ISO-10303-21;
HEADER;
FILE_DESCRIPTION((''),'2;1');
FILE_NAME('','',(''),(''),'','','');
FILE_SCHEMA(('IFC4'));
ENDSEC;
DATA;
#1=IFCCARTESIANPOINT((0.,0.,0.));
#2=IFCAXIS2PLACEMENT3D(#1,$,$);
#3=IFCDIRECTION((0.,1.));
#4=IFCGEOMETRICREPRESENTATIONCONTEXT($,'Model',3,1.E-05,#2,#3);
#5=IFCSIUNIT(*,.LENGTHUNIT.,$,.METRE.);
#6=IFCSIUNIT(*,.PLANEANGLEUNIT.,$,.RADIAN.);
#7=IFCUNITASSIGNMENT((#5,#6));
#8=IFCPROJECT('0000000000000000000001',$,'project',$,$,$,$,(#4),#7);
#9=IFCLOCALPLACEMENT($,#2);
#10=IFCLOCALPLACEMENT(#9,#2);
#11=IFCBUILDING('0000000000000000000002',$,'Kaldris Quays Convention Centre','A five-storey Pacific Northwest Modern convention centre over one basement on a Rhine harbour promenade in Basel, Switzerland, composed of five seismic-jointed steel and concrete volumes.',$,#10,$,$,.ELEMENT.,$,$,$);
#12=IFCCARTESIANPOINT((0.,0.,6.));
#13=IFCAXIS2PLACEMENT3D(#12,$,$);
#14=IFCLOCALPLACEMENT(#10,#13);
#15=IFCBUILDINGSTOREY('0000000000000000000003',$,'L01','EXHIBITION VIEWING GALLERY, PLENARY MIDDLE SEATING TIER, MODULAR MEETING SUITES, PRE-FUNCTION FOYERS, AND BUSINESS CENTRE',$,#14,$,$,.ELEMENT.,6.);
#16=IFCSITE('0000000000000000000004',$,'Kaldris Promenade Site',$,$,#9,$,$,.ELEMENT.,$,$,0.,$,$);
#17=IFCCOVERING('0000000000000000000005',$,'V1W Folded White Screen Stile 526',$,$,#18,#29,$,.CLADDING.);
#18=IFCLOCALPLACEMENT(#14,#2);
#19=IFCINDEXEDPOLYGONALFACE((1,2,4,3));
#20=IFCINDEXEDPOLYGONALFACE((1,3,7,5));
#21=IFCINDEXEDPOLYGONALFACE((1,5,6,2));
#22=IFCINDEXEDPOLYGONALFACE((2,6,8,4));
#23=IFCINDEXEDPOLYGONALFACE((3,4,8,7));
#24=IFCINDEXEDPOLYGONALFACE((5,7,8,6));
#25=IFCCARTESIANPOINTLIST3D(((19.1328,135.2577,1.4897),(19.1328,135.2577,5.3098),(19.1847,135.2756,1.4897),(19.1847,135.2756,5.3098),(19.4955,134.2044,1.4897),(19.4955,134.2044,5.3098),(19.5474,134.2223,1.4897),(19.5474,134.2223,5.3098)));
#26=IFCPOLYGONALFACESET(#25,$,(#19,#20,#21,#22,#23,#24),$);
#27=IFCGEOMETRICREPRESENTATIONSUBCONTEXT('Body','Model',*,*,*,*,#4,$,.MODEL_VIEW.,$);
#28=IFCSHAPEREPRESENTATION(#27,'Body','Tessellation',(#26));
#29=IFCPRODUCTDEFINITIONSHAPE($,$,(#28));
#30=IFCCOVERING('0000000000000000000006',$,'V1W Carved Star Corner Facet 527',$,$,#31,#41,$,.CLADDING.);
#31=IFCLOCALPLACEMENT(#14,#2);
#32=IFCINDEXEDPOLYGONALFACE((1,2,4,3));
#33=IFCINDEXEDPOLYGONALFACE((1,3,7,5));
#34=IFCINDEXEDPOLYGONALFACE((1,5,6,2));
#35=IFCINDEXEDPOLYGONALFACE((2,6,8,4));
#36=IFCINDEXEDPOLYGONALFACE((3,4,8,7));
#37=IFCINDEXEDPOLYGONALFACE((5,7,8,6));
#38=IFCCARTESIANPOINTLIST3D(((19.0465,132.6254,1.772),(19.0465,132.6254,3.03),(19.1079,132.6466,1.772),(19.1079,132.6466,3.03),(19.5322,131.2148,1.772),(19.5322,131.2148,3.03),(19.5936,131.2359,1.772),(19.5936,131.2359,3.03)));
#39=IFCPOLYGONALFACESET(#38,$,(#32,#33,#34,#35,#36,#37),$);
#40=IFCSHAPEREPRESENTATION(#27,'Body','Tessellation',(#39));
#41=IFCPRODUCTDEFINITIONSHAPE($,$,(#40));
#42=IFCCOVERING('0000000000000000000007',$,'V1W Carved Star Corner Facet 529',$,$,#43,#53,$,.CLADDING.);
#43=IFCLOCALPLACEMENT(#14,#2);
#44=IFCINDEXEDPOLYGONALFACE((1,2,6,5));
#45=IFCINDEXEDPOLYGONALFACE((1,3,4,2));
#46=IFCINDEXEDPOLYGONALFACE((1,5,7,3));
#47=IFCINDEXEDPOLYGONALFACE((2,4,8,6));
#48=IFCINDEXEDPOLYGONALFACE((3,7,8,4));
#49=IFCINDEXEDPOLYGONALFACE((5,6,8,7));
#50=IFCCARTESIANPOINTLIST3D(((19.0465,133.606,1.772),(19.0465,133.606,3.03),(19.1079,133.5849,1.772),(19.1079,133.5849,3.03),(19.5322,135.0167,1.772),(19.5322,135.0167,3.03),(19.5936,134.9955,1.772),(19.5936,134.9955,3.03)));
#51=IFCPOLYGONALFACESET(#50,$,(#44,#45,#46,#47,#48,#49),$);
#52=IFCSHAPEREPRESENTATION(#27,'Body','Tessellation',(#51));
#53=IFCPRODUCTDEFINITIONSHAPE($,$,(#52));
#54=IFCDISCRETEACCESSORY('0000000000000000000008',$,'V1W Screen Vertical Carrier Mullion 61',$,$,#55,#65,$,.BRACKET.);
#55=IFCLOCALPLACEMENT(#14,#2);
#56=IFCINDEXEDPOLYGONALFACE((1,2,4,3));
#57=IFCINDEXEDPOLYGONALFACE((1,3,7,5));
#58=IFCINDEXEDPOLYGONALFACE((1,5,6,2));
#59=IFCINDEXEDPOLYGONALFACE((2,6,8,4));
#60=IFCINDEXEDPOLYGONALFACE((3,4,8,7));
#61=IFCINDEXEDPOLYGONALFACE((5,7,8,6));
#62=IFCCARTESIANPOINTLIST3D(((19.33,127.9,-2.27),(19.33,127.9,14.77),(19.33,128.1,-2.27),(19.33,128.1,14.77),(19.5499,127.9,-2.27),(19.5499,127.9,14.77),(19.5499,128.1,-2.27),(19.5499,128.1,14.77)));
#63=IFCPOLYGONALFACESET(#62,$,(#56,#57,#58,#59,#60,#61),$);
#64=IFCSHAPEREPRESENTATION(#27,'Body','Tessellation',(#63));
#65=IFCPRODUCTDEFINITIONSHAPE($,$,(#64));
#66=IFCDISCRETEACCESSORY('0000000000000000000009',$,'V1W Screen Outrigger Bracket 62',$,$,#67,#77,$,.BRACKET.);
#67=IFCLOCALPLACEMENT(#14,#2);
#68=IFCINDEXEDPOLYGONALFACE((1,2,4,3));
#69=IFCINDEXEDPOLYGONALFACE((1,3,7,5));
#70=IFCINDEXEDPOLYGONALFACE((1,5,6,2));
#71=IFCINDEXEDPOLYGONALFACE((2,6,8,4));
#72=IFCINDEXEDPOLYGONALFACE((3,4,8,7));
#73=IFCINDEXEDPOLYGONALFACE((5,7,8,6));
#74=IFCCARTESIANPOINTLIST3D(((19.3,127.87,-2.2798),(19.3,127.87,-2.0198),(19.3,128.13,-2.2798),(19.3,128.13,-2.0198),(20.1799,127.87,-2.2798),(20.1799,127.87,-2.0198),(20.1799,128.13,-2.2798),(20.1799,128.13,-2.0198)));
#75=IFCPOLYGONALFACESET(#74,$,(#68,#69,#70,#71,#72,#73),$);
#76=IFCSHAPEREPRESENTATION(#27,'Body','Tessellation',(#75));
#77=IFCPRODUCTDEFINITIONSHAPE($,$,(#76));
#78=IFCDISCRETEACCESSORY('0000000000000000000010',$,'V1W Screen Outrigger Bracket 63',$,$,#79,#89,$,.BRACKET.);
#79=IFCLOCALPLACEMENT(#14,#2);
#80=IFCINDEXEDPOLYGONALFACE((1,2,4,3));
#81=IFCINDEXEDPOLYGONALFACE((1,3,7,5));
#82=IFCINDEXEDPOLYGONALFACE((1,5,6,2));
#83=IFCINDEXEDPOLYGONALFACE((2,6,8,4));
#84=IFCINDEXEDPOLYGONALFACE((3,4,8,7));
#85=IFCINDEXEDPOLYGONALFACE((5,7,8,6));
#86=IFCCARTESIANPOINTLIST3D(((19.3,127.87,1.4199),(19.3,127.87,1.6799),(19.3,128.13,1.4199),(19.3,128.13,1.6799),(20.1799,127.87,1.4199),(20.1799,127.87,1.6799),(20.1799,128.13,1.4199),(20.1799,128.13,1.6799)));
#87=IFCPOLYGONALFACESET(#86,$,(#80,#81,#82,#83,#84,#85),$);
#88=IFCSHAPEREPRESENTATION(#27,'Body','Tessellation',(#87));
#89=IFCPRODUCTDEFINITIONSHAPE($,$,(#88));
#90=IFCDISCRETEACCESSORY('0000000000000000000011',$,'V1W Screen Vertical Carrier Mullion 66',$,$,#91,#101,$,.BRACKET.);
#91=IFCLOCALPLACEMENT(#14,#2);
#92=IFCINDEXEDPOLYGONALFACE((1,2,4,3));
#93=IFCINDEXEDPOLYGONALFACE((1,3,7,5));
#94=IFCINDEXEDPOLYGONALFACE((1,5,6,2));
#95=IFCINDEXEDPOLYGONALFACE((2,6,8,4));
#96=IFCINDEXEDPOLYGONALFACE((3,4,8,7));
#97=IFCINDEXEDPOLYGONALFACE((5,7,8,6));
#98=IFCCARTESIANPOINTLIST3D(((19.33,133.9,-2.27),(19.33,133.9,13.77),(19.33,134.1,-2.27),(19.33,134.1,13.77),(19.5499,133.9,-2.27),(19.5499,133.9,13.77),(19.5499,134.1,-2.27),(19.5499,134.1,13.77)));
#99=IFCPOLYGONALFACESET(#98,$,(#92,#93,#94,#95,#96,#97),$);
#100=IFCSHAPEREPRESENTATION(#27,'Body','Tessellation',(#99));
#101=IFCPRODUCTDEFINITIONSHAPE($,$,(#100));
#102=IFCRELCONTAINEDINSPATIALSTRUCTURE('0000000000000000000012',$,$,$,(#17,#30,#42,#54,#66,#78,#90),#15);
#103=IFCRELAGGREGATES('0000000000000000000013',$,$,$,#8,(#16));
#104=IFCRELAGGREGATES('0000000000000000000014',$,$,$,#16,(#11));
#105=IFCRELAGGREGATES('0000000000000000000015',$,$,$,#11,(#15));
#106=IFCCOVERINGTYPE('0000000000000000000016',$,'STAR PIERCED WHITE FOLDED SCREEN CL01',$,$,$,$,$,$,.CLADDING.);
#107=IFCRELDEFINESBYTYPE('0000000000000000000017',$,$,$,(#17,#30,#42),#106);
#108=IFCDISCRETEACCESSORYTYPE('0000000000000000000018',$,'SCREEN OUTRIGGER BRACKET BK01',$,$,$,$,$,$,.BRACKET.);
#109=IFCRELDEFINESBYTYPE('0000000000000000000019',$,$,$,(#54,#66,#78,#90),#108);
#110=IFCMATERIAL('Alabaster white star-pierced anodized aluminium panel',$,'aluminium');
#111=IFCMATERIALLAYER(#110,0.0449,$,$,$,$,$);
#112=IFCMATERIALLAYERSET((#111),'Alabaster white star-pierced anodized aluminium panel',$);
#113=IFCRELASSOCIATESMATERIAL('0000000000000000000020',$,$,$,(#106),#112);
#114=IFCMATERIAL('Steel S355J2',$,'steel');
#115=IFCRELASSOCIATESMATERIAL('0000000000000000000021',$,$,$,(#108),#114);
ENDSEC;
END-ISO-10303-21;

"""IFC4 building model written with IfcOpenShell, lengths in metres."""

from ifc_helpers import new_model, si_unit, direction, frame, origin, origin_2d, place, context, subcontext, project, spatial, rectangle, extrude, material, layer, layer_set, type_object, element, save


model = new_model("IFC4")

# Units and contexts
model_context = context("Model", 3, precision=1e-05, world=origin(), true_north=direction((0.0, 1.0)))
body_context = subcontext(model_context, "Body", "Model", "MODEL_VIEW")
ifc_project = project(units=[si_unit("LENGTHUNIT", "METRE"), si_unit("PLANEANGLEUNIT", "RADIAN")], contexts=[model_context])

# Site, building, storey
site_placement = place(None, origin())
site = spatial("IfcSite", under=ifc_project, at=site_placement, Name="Kaldris Promenade Site", CompositionType="ELEMENT", RefElevation=0.0)
building_placement = place(site_placement, origin())
building = spatial("IfcBuilding", under=site, at=building_placement, Name="Kaldris Quays Convention Centre", Description="A five-storey Pacific Northwest Modern convention centre over one basement on a Rhine harbour promenade in Basel, Switzerland, composed of five seismic-jointed steel and concrete volumes.", CompositionType="ELEMENT")
storey_placement = place(building_placement, frame((0.0, 0.0, 6.0)))
storey = spatial("IfcBuildingStorey", under=building, at=storey_placement, Name="L01", Description="EXHIBITION VIEWING GALLERY, PLENARY MIDDLE SEATING TIER, MODULAR MEETING SUITES, PRE-FUNCTION FOYERS, AND BUSINESS CENTRE", CompositionType="ELEMENT", Elevation=6.0)

# Coverings
ifc_material_1 = material(Name="Alabaster white star-pierced anodized aluminium panel", Category="aluminium")
ifc_layer = layer(ifc_material_1, 0.0449)
ifc_layer_set = layer_set([ifc_layer], Name="Alabaster white star-pierced anodized aluminium panel")
covering_type = type_object("IfcCoveringType", Name="STAR PIERCED WHITE FOLDED SCREEN CL01", PredefinedType="CLADDING", material=ifc_layer_set)
for number, where, z_axis, x_axis, name in (
    (1, (19.3401, 134.74, 1.4897), (0.0, 0.0, 1.0), (-0.325568, 0.945519, 0.0), "V1W Folded White Screen Stile 526"),
):
    element("IfcCovering", number, at=place(storey_placement, frame(where, z_axis=z_axis, x_axis=x_axis)), inside=storey, type_object=covering_type, Name=name, PredefinedType="CLADDING", context=body_context, shape_type="SweptSolid", body=[
        extrude(rectangle(XDim=1.114, YDim=0.0549, at=origin_2d()), origin(), (0.0, 0.0, 1.0), 3.8201),
    ])
for number, where, z_axis, x_axis, name in (
    (2, (19.3201, 131.9307, 1.772), (0.0, 0.0, 1.0), (-0.325568, 0.945519, 0.0), "V1W Carved Star Corner Facet 527"),
    (3, (19.3201, 134.3008, 1.772), (0.0, 0.0, 1.0), (0.325568, 0.945519, 0.0), "V1W Carved Star Corner Facet 529"),
):
    element("IfcCovering", number, at=place(storey_placement, frame(where, z_axis=z_axis, x_axis=x_axis)), inside=storey, type_object=covering_type, Name=name, PredefinedType="CLADDING", context=body_context, shape_type="SweptSolid", body=[
        extrude(rectangle(XDim=1.4919, YDim=0.0649, at=origin_2d()), origin(), (0.0, 0.0, 1.0), 1.2581),
    ])

# Discrete accessories
ifc_material_2 = material(Name="Steel S355J2", Category="steel")
discrete_accessory_type = type_object("IfcDiscreteAccessoryType", Name="SCREEN OUTRIGGER BRACKET BK01", PredefinedType="BRACKET", material=ifc_material_2)
discrete_accessory_1_placement = place(storey_placement, frame((19.4399, 128.0, -2.27), z_axis=(0.0, 0.0, 1.0), x_axis=(0.0, 1.0, 0.0)))
element("IfcDiscreteAccessory", 4, at=discrete_accessory_1_placement, inside=storey, type_object=discrete_accessory_type, Name="V1W Screen Vertical Carrier Mullion 61", PredefinedType="BRACKET", context=body_context, shape_type="SweptSolid", body=[
    extrude(rectangle(XDim=0.2, YDim=0.22, at=origin_2d()), origin(), (0.0, 0.0, 1.0), 17.04),
])
for number, where, z_axis, x_axis, name in (
    (5, (19.74, 128.0, -2.2798), (0.0, 0.0, 1.0), (0.0, 1.0, 0.0), "V1W Screen Outrigger Bracket 62"),
    (6, (19.74, 128.0, 1.4199), (0.0, 0.0, 1.0), (0.0, 1.0, 0.0), "V1W Screen Outrigger Bracket 63"),
):
    element("IfcDiscreteAccessory", number, at=place(storey_placement, frame(where, z_axis=z_axis, x_axis=x_axis)), inside=storey, type_object=discrete_accessory_type, Name=name, PredefinedType="BRACKET", context=body_context, shape_type="SweptSolid", body=[
        extrude(rectangle(XDim=0.26, YDim=0.8799, at=origin_2d()), origin(), (0.0, 0.0, 1.0), 0.26),
    ])
discrete_accessory_2_placement = place(storey_placement, frame((19.4399, 134.0, -2.27), z_axis=(0.0, 0.0, 1.0), x_axis=(0.0, 1.0, 0.0)))
element("IfcDiscreteAccessory", 7, at=discrete_accessory_2_placement, inside=storey, type_object=discrete_accessory_type, Name="V1W Screen Vertical Carrier Mullion 66", PredefinedType="BRACKET", context=body_context, shape_type="SweptSolid", body=[
    extrude(rectangle(XDim=0.2, YDim=0.22, at=origin_2d()), origin(), (0.0, 0.0, 1.0), 16.04),
])

save(model, "model.ifc")
